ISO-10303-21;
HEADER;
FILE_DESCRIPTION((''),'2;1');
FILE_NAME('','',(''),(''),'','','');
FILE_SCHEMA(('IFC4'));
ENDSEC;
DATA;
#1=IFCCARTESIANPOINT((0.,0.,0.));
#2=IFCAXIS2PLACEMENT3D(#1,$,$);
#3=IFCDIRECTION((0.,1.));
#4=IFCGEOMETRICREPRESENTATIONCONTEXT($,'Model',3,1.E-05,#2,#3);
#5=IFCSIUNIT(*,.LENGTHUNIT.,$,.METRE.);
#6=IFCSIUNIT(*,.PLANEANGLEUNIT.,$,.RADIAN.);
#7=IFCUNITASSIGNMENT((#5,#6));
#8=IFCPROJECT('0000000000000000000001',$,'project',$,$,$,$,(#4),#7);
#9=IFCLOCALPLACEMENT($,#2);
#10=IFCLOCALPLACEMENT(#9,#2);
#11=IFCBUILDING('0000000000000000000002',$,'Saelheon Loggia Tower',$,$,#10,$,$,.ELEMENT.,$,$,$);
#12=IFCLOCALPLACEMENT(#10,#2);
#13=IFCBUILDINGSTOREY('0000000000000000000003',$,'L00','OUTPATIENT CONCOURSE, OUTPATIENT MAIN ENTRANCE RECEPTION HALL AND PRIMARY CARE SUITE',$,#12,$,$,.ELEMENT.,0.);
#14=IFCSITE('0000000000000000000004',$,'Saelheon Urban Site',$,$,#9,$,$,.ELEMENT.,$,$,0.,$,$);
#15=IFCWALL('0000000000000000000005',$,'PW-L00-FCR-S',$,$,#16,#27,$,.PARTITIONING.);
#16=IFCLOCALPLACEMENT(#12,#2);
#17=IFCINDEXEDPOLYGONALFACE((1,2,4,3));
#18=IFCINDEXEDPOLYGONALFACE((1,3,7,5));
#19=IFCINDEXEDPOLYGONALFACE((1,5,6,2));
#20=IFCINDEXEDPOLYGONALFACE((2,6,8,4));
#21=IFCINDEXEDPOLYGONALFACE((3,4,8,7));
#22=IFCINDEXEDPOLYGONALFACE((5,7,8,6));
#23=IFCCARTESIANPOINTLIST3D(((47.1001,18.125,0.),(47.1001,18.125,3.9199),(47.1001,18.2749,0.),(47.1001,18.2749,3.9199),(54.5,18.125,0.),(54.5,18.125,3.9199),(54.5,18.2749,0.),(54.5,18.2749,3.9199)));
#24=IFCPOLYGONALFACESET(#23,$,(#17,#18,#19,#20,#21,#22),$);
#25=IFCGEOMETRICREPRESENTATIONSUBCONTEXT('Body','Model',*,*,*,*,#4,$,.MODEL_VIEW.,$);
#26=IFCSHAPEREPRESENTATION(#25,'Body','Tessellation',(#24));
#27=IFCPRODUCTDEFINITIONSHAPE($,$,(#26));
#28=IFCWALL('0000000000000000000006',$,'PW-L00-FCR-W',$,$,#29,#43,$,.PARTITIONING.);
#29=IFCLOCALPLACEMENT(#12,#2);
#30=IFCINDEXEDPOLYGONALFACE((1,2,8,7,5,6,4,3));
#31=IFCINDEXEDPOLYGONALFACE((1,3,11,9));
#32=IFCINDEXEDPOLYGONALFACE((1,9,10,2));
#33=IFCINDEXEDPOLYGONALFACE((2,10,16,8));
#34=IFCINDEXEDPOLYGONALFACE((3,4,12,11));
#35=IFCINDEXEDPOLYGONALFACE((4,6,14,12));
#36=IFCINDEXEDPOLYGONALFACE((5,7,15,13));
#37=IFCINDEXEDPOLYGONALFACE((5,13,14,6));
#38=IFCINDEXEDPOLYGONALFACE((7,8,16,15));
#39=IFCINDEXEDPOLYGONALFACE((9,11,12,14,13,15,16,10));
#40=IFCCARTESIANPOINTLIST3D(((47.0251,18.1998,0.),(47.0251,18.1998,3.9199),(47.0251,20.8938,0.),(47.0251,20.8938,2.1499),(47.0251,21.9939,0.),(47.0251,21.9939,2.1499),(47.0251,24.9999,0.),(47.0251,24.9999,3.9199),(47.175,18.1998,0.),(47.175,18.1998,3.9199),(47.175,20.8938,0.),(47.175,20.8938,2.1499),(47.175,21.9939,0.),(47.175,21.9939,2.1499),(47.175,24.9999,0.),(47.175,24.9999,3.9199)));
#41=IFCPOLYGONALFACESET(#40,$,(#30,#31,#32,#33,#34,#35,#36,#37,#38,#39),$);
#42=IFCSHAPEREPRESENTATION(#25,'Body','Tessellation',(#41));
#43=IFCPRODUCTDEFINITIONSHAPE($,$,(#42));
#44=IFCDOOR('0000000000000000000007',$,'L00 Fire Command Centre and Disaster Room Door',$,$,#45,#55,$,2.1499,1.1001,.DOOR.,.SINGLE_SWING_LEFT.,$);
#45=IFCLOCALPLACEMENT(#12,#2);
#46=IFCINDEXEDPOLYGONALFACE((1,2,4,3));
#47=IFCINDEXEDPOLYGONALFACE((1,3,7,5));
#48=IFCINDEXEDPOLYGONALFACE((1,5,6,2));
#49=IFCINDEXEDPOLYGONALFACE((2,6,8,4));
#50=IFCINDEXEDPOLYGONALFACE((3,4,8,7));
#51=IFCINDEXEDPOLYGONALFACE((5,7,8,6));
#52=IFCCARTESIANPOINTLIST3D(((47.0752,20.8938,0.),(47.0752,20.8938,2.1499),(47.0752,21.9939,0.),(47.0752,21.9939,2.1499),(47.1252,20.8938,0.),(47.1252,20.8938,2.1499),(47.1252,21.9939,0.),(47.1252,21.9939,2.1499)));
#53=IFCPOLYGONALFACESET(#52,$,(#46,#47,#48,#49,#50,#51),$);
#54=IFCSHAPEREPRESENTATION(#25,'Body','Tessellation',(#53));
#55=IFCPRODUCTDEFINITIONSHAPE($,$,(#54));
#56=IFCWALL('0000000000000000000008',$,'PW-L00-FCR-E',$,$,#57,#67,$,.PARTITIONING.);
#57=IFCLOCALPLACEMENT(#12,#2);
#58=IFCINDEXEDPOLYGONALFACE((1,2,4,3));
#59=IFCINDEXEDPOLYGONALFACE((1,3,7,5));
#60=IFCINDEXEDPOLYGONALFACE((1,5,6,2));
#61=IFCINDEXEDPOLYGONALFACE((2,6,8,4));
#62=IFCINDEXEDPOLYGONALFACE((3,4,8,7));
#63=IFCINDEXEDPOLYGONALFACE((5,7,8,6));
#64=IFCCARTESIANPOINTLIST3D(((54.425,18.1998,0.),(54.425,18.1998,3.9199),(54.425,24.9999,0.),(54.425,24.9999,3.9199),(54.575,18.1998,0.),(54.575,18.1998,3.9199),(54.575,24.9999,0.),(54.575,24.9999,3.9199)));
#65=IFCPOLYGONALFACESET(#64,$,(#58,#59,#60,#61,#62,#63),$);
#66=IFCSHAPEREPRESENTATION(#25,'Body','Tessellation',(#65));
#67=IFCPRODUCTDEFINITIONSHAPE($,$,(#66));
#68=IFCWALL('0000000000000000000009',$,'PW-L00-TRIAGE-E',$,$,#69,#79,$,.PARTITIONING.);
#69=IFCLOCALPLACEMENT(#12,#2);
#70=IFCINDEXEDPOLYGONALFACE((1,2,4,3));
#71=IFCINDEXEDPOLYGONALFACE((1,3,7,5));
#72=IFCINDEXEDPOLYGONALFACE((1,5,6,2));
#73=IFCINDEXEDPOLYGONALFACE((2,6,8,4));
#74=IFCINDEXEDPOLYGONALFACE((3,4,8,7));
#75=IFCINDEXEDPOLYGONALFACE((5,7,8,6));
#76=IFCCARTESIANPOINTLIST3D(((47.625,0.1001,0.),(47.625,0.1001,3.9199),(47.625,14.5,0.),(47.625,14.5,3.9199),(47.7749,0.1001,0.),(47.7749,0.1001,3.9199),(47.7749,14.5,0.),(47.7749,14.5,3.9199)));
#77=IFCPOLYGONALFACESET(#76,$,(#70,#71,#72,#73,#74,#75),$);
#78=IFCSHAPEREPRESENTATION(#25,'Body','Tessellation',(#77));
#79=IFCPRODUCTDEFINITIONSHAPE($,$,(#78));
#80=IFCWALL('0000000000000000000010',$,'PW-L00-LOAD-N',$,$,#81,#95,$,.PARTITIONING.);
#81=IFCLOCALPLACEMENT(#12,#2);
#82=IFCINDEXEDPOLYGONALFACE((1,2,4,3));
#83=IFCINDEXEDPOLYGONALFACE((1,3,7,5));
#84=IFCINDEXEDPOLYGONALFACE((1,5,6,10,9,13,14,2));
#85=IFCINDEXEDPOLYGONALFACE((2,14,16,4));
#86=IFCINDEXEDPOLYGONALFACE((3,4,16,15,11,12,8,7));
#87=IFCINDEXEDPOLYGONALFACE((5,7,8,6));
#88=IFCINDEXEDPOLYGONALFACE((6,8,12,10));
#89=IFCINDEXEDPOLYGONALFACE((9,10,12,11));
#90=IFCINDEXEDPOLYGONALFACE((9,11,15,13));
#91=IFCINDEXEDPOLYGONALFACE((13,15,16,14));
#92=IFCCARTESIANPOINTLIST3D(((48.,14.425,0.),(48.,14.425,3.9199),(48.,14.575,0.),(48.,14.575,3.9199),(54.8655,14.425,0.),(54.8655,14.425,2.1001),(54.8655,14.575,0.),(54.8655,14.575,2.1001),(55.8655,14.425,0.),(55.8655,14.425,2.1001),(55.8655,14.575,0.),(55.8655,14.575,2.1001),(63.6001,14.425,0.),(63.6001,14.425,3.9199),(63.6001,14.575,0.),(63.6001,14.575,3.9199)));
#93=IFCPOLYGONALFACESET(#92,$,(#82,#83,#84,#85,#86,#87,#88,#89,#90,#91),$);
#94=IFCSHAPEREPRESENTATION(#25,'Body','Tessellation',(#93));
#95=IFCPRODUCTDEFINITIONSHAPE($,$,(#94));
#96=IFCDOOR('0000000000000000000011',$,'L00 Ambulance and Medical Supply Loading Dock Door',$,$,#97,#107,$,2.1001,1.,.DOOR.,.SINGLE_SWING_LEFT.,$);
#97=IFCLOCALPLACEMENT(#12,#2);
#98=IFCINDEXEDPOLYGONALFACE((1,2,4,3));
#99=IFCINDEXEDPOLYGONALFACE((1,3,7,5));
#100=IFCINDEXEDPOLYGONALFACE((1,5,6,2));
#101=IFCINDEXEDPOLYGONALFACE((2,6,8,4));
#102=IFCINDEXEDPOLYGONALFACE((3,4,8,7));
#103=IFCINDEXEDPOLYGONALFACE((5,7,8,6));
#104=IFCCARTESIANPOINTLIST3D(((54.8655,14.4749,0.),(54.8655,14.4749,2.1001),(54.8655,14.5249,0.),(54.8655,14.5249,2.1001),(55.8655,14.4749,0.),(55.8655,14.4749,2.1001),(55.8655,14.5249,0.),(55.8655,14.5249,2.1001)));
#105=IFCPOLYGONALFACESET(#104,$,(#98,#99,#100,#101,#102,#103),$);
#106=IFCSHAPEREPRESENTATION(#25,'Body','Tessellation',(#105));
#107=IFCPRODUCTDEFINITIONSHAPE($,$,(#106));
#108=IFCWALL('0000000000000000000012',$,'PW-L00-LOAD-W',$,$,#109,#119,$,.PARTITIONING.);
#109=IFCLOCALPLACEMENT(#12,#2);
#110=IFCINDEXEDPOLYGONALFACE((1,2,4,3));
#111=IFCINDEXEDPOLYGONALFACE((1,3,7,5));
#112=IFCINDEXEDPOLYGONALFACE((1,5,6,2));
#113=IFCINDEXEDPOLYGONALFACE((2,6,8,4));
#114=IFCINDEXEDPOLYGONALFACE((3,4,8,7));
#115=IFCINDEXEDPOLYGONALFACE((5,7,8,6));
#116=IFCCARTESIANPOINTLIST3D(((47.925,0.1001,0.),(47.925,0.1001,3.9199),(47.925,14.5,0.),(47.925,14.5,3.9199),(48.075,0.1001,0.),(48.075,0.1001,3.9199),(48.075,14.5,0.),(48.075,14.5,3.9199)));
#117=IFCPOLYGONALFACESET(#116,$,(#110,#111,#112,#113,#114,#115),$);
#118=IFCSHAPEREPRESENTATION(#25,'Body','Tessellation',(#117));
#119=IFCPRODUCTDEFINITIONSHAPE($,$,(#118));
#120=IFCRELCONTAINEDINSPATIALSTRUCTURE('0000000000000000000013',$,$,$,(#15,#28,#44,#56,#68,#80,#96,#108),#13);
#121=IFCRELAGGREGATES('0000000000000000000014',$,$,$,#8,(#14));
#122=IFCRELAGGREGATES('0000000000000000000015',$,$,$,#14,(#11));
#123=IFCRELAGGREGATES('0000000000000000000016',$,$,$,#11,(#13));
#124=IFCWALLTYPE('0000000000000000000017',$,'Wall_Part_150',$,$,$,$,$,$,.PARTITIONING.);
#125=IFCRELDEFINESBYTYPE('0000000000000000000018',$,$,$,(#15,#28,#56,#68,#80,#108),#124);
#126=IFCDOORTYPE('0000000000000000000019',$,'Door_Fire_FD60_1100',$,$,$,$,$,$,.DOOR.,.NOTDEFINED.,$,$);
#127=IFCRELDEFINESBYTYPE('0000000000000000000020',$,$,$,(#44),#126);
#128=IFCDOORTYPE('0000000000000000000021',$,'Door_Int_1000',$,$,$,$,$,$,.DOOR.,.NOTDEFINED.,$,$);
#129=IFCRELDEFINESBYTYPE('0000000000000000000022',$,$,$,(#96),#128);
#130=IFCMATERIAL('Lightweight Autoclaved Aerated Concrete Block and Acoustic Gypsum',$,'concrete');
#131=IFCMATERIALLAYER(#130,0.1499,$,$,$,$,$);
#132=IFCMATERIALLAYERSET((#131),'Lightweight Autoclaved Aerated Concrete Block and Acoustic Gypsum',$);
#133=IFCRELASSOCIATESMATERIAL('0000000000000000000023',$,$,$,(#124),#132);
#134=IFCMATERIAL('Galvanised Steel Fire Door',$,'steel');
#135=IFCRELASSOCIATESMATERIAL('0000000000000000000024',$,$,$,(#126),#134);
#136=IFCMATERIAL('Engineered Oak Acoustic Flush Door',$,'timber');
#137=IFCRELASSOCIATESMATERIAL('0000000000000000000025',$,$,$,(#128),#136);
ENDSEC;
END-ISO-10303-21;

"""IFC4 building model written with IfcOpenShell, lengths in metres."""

from ifc_helpers import new_model, si_unit, direction, frame, frame_2d, origin, place, context, subcontext, project, spatial, rectangle, extrude, source, transform, mapped, material, layer, layer_set, type_object, element, fill, save


model = new_model("IFC4")

# Units and contexts
model_context = context("Model", 3, precision=1e-05, world=origin(), true_north=direction((0.0, 1.0)))
body_context = subcontext(model_context, "Body", "Model", "MODEL_VIEW")
ifc_project = project(units=[si_unit("LENGTHUNIT", "METRE"), si_unit("PLANEANGLEUNIT", "RADIAN")], contexts=[model_context])

# Site, building, storey
site_placement = place(None, origin())
site = spatial("IfcSite", under=ifc_project, at=site_placement, Name="Saelheon Urban Site", CompositionType="ELEMENT", RefElevation=0.0)
building_placement = place(site_placement, origin())
building = spatial("IfcBuilding", under=site, at=building_placement, Name="Saelheon Loggia Tower", CompositionType="ELEMENT")
storey_placement = place(building_placement, origin())
storey = spatial("IfcBuildingStorey", under=building, at=storey_placement, Name="L00", Description="OUTPATIENT CONCOURSE, OUTPATIENT MAIN ENTRANCE RECEPTION HALL AND PRIMARY CARE SUITE", CompositionType="ELEMENT", Elevation=0.0)

# Wall
ifc_material_1 = material(Name="Lightweight Autoclaved Aerated Concrete Block and Acoustic Gypsum", Category="concrete")
ifc_layer_1 = layer(ifc_material_1, 0.1499)
ifc_layer_set_1 = layer_set([ifc_layer_1], Name="Lightweight Autoclaved Aerated Concrete Block and Acoustic Gypsum")
wall_type_1 = type_object("IfcWallType", Name="Wall_Part_150", PredefinedType="PARTITIONING", material=ifc_layer_set_1)
wall_1_placement = place(storey_placement, frame((47.1001, 18.2, 0.0), z_axis=(0.0, 0.0, 1.0), x_axis=(1.0, 0.0, 0.0)))
element("IfcWall", 1, at=wall_1_placement, inside=storey, type_object=wall_type_1, Name="PW-L00-FCR-S", PredefinedType="PARTITIONING", context=body_context, shape_type="SweptSolid", body=[
    extrude(rectangle(XDim=7.3999, YDim=0.1499, at=frame_2d((3.7, 0.0))), origin(), (0.0, 0.0, 1.0), 3.9199),
])

# Wall, opening, door
wall_2_placement = place(storey_placement, frame((47.1001, 18.2, 0.0), z_axis=(0.0, 0.0, 1.0), x_axis=(0.0, 1.0, 0.0)))
wall_2 = element("IfcWall", 2, at=wall_2_placement, inside=storey, type_object=wall_type_1, Name="PW-L00-FCR-W", PredefinedType="PARTITIONING", context=body_context, shape_type="SweptSolid", body=[
    extrude(rectangle(XDim=6.8, YDim=0.1499, at=frame_2d((3.3999, 0.0))), origin(), (0.0, 0.0, 1.0), 3.9199),
])
opening_1_placement = place(wall_2_placement, frame((2.6938, 0.0, 0.0)))
opening_1 = element("IfcOpeningElement", 3, at=opening_1_placement, cuts=wall_2, PredefinedType="OPENING", context=body_context, shape_type="SweptSolid", body=[
    extrude(rectangle(XDim=1.1001, YDim=2.1499, at=frame_2d((0.55, 1.075))), frame((0.0, 0.0869, 0.0), z_axis=(0.0, -1.0, 0.0), x_axis=(1.0, 0.0, 0.0)), (0.0, 0.0, 1.0), 0.1738),
])
ifc_material_2 = material(Name="Galvanised Steel Fire Door", Category="steel")
door_type_1 = type_object("IfcDoorType", Name="Door_Fire_FD60_1100", OperationType="NOTDEFINED", PredefinedType="DOOR", material=ifc_material_2)
shared_shape_1 = source(origin(), body_context, "Body", "SweptSolid", [
    extrude(rectangle(XDim=1.1001, YDim=2.1499, at=frame_2d((0.55, 1.075))), frame((0.0, 0.0249, 0.0), z_axis=(0.0, -1.0, 0.0), x_axis=(1.0, 0.0, 0.0)), (0.0, 0.0, 1.0), 0.05),
])
door_1_placement = place(opening_1_placement, origin())
door_1 = element("IfcDoor", 4, at=door_1_placement, inside=storey, type_object=door_type_1, Name="L00 Fire Command Centre and Disaster Room Door", OperationType="SINGLE_SWING_LEFT", OverallHeight=2.1499, OverallWidth=1.1001, PredefinedType="DOOR", context=body_context, shape_type="MappedRepresentation", body=[
    mapped(shared_shape_1, transform((0.0, 0.0, 0.0), scale=1.0)),
])
fill(opening_1, door_1)

# Walls
wall_3_placement = place(storey_placement, frame((54.5, 18.2, 0.0), z_axis=(0.0, 0.0, 1.0), x_axis=(0.0, 1.0, 0.0)))
element("IfcWall", 5, at=wall_3_placement, inside=storey, type_object=wall_type_1, Name="PW-L00-FCR-E", PredefinedType="PARTITIONING", context=body_context, shape_type="SweptSolid", body=[
    extrude(rectangle(XDim=6.8, YDim=0.1499, at=frame_2d((3.3999, 0.0))), origin(), (0.0, 0.0, 1.0), 3.9199),
])
wall_4_placement = place(storey_placement, frame((47.7, 0.1001, 0.0), z_axis=(0.0, 0.0, 1.0), x_axis=(0.0, 1.0, 0.0)))
element("IfcWall", 6, at=wall_4_placement, inside=storey, type_object=wall_type_1, Name="PW-L00-TRIAGE-E", PredefinedType="PARTITIONING", context=body_context, shape_type="SweptSolid", body=[
    extrude(rectangle(XDim=14.3999, YDim=0.1499, at=frame_2d((7.2, 0.0))), origin(), (0.0, 0.0, 1.0), 3.9199),
])

# Wall, opening, door
wall_5_placement = place(storey_placement, frame((48.0, 14.5, 0.0), z_axis=(0.0, 0.0, 1.0), x_axis=(1.0, 0.0, 0.0)))
wall_5 = element("IfcWall", 7, at=wall_5_placement, inside=storey, type_object=wall_type_1, Name="PW-L00-LOAD-N", PredefinedType="PARTITIONING", context=body_context, shape_type="SweptSolid", body=[
    extrude(rectangle(XDim=15.6001, YDim=0.1499, at=frame_2d((7.8, 0.0))), origin(), (0.0, 0.0, 1.0), 3.9199),
])
opening_2_placement = place(wall_5_placement, frame((6.8655, 0.0, 0.0)))
opening_2 = element("IfcOpeningElement", 8, at=opening_2_placement, cuts=wall_5, PredefinedType="OPENING", context=body_context, shape_type="SweptSolid", body=[
    extrude(rectangle(XDim=1.0, YDim=2.1001, at=frame_2d((0.5, 1.05))), frame((0.0, 0.0869, 0.0), z_axis=(0.0, -1.0, 0.0), x_axis=(1.0, 0.0, 0.0)), (0.0, 0.0, 1.0), 0.1738),
])
ifc_material_3 = material(Name="Engineered Oak Acoustic Flush Door", Category="timber")
door_type_2 = type_object("IfcDoorType", Name="Door_Int_1000", OperationType="NOTDEFINED", PredefinedType="DOOR", material=ifc_material_3)
shared_shape_2 = source(origin(), body_context, "Body", "SweptSolid", [
    extrude(rectangle(XDim=1.0, YDim=2.1001, at=frame_2d((0.5, 1.05))), frame((0.0, 0.0249, 0.0), z_axis=(0.0, -1.0, 0.0), x_axis=(1.0, 0.0, 0.0)), (0.0, 0.0, 1.0), 0.05),
])
door_2_placement = place(opening_2_placement, origin())
door_2 = element("IfcDoor", 9, at=door_2_placement, inside=storey, type_object=door_type_2, Name="L00 Ambulance and Medical Supply Loading Dock Door", OperationType="SINGLE_SWING_LEFT", OverallHeight=2.1001, OverallWidth=1.0, PredefinedType="DOOR", context=body_context, shape_type="MappedRepresentation", body=[
    mapped(shared_shape_2, transform((0.0, 0.0, 0.0), scale=1.0)),
])
fill(opening_2, door_2)

# Wall
wall_6_placement = place(storey_placement, frame((48.0, 0.1001, 0.0), z_axis=(0.0, 0.0, 1.0), x_axis=(0.0, 1.0, 0.0)))
element("IfcWall", 10, at=wall_6_placement, inside=storey, type_object=wall_type_1, Name="PW-L00-LOAD-W", PredefinedType="PARTITIONING", context=body_context, shape_type="SweptSolid", body=[
    extrude(rectangle(XDim=14.3999, YDim=0.1499, at=frame_2d((7.2, 0.0))), origin(), (0.0, 0.0, 1.0), 3.9199),
])

save(model, "model.ifc")
